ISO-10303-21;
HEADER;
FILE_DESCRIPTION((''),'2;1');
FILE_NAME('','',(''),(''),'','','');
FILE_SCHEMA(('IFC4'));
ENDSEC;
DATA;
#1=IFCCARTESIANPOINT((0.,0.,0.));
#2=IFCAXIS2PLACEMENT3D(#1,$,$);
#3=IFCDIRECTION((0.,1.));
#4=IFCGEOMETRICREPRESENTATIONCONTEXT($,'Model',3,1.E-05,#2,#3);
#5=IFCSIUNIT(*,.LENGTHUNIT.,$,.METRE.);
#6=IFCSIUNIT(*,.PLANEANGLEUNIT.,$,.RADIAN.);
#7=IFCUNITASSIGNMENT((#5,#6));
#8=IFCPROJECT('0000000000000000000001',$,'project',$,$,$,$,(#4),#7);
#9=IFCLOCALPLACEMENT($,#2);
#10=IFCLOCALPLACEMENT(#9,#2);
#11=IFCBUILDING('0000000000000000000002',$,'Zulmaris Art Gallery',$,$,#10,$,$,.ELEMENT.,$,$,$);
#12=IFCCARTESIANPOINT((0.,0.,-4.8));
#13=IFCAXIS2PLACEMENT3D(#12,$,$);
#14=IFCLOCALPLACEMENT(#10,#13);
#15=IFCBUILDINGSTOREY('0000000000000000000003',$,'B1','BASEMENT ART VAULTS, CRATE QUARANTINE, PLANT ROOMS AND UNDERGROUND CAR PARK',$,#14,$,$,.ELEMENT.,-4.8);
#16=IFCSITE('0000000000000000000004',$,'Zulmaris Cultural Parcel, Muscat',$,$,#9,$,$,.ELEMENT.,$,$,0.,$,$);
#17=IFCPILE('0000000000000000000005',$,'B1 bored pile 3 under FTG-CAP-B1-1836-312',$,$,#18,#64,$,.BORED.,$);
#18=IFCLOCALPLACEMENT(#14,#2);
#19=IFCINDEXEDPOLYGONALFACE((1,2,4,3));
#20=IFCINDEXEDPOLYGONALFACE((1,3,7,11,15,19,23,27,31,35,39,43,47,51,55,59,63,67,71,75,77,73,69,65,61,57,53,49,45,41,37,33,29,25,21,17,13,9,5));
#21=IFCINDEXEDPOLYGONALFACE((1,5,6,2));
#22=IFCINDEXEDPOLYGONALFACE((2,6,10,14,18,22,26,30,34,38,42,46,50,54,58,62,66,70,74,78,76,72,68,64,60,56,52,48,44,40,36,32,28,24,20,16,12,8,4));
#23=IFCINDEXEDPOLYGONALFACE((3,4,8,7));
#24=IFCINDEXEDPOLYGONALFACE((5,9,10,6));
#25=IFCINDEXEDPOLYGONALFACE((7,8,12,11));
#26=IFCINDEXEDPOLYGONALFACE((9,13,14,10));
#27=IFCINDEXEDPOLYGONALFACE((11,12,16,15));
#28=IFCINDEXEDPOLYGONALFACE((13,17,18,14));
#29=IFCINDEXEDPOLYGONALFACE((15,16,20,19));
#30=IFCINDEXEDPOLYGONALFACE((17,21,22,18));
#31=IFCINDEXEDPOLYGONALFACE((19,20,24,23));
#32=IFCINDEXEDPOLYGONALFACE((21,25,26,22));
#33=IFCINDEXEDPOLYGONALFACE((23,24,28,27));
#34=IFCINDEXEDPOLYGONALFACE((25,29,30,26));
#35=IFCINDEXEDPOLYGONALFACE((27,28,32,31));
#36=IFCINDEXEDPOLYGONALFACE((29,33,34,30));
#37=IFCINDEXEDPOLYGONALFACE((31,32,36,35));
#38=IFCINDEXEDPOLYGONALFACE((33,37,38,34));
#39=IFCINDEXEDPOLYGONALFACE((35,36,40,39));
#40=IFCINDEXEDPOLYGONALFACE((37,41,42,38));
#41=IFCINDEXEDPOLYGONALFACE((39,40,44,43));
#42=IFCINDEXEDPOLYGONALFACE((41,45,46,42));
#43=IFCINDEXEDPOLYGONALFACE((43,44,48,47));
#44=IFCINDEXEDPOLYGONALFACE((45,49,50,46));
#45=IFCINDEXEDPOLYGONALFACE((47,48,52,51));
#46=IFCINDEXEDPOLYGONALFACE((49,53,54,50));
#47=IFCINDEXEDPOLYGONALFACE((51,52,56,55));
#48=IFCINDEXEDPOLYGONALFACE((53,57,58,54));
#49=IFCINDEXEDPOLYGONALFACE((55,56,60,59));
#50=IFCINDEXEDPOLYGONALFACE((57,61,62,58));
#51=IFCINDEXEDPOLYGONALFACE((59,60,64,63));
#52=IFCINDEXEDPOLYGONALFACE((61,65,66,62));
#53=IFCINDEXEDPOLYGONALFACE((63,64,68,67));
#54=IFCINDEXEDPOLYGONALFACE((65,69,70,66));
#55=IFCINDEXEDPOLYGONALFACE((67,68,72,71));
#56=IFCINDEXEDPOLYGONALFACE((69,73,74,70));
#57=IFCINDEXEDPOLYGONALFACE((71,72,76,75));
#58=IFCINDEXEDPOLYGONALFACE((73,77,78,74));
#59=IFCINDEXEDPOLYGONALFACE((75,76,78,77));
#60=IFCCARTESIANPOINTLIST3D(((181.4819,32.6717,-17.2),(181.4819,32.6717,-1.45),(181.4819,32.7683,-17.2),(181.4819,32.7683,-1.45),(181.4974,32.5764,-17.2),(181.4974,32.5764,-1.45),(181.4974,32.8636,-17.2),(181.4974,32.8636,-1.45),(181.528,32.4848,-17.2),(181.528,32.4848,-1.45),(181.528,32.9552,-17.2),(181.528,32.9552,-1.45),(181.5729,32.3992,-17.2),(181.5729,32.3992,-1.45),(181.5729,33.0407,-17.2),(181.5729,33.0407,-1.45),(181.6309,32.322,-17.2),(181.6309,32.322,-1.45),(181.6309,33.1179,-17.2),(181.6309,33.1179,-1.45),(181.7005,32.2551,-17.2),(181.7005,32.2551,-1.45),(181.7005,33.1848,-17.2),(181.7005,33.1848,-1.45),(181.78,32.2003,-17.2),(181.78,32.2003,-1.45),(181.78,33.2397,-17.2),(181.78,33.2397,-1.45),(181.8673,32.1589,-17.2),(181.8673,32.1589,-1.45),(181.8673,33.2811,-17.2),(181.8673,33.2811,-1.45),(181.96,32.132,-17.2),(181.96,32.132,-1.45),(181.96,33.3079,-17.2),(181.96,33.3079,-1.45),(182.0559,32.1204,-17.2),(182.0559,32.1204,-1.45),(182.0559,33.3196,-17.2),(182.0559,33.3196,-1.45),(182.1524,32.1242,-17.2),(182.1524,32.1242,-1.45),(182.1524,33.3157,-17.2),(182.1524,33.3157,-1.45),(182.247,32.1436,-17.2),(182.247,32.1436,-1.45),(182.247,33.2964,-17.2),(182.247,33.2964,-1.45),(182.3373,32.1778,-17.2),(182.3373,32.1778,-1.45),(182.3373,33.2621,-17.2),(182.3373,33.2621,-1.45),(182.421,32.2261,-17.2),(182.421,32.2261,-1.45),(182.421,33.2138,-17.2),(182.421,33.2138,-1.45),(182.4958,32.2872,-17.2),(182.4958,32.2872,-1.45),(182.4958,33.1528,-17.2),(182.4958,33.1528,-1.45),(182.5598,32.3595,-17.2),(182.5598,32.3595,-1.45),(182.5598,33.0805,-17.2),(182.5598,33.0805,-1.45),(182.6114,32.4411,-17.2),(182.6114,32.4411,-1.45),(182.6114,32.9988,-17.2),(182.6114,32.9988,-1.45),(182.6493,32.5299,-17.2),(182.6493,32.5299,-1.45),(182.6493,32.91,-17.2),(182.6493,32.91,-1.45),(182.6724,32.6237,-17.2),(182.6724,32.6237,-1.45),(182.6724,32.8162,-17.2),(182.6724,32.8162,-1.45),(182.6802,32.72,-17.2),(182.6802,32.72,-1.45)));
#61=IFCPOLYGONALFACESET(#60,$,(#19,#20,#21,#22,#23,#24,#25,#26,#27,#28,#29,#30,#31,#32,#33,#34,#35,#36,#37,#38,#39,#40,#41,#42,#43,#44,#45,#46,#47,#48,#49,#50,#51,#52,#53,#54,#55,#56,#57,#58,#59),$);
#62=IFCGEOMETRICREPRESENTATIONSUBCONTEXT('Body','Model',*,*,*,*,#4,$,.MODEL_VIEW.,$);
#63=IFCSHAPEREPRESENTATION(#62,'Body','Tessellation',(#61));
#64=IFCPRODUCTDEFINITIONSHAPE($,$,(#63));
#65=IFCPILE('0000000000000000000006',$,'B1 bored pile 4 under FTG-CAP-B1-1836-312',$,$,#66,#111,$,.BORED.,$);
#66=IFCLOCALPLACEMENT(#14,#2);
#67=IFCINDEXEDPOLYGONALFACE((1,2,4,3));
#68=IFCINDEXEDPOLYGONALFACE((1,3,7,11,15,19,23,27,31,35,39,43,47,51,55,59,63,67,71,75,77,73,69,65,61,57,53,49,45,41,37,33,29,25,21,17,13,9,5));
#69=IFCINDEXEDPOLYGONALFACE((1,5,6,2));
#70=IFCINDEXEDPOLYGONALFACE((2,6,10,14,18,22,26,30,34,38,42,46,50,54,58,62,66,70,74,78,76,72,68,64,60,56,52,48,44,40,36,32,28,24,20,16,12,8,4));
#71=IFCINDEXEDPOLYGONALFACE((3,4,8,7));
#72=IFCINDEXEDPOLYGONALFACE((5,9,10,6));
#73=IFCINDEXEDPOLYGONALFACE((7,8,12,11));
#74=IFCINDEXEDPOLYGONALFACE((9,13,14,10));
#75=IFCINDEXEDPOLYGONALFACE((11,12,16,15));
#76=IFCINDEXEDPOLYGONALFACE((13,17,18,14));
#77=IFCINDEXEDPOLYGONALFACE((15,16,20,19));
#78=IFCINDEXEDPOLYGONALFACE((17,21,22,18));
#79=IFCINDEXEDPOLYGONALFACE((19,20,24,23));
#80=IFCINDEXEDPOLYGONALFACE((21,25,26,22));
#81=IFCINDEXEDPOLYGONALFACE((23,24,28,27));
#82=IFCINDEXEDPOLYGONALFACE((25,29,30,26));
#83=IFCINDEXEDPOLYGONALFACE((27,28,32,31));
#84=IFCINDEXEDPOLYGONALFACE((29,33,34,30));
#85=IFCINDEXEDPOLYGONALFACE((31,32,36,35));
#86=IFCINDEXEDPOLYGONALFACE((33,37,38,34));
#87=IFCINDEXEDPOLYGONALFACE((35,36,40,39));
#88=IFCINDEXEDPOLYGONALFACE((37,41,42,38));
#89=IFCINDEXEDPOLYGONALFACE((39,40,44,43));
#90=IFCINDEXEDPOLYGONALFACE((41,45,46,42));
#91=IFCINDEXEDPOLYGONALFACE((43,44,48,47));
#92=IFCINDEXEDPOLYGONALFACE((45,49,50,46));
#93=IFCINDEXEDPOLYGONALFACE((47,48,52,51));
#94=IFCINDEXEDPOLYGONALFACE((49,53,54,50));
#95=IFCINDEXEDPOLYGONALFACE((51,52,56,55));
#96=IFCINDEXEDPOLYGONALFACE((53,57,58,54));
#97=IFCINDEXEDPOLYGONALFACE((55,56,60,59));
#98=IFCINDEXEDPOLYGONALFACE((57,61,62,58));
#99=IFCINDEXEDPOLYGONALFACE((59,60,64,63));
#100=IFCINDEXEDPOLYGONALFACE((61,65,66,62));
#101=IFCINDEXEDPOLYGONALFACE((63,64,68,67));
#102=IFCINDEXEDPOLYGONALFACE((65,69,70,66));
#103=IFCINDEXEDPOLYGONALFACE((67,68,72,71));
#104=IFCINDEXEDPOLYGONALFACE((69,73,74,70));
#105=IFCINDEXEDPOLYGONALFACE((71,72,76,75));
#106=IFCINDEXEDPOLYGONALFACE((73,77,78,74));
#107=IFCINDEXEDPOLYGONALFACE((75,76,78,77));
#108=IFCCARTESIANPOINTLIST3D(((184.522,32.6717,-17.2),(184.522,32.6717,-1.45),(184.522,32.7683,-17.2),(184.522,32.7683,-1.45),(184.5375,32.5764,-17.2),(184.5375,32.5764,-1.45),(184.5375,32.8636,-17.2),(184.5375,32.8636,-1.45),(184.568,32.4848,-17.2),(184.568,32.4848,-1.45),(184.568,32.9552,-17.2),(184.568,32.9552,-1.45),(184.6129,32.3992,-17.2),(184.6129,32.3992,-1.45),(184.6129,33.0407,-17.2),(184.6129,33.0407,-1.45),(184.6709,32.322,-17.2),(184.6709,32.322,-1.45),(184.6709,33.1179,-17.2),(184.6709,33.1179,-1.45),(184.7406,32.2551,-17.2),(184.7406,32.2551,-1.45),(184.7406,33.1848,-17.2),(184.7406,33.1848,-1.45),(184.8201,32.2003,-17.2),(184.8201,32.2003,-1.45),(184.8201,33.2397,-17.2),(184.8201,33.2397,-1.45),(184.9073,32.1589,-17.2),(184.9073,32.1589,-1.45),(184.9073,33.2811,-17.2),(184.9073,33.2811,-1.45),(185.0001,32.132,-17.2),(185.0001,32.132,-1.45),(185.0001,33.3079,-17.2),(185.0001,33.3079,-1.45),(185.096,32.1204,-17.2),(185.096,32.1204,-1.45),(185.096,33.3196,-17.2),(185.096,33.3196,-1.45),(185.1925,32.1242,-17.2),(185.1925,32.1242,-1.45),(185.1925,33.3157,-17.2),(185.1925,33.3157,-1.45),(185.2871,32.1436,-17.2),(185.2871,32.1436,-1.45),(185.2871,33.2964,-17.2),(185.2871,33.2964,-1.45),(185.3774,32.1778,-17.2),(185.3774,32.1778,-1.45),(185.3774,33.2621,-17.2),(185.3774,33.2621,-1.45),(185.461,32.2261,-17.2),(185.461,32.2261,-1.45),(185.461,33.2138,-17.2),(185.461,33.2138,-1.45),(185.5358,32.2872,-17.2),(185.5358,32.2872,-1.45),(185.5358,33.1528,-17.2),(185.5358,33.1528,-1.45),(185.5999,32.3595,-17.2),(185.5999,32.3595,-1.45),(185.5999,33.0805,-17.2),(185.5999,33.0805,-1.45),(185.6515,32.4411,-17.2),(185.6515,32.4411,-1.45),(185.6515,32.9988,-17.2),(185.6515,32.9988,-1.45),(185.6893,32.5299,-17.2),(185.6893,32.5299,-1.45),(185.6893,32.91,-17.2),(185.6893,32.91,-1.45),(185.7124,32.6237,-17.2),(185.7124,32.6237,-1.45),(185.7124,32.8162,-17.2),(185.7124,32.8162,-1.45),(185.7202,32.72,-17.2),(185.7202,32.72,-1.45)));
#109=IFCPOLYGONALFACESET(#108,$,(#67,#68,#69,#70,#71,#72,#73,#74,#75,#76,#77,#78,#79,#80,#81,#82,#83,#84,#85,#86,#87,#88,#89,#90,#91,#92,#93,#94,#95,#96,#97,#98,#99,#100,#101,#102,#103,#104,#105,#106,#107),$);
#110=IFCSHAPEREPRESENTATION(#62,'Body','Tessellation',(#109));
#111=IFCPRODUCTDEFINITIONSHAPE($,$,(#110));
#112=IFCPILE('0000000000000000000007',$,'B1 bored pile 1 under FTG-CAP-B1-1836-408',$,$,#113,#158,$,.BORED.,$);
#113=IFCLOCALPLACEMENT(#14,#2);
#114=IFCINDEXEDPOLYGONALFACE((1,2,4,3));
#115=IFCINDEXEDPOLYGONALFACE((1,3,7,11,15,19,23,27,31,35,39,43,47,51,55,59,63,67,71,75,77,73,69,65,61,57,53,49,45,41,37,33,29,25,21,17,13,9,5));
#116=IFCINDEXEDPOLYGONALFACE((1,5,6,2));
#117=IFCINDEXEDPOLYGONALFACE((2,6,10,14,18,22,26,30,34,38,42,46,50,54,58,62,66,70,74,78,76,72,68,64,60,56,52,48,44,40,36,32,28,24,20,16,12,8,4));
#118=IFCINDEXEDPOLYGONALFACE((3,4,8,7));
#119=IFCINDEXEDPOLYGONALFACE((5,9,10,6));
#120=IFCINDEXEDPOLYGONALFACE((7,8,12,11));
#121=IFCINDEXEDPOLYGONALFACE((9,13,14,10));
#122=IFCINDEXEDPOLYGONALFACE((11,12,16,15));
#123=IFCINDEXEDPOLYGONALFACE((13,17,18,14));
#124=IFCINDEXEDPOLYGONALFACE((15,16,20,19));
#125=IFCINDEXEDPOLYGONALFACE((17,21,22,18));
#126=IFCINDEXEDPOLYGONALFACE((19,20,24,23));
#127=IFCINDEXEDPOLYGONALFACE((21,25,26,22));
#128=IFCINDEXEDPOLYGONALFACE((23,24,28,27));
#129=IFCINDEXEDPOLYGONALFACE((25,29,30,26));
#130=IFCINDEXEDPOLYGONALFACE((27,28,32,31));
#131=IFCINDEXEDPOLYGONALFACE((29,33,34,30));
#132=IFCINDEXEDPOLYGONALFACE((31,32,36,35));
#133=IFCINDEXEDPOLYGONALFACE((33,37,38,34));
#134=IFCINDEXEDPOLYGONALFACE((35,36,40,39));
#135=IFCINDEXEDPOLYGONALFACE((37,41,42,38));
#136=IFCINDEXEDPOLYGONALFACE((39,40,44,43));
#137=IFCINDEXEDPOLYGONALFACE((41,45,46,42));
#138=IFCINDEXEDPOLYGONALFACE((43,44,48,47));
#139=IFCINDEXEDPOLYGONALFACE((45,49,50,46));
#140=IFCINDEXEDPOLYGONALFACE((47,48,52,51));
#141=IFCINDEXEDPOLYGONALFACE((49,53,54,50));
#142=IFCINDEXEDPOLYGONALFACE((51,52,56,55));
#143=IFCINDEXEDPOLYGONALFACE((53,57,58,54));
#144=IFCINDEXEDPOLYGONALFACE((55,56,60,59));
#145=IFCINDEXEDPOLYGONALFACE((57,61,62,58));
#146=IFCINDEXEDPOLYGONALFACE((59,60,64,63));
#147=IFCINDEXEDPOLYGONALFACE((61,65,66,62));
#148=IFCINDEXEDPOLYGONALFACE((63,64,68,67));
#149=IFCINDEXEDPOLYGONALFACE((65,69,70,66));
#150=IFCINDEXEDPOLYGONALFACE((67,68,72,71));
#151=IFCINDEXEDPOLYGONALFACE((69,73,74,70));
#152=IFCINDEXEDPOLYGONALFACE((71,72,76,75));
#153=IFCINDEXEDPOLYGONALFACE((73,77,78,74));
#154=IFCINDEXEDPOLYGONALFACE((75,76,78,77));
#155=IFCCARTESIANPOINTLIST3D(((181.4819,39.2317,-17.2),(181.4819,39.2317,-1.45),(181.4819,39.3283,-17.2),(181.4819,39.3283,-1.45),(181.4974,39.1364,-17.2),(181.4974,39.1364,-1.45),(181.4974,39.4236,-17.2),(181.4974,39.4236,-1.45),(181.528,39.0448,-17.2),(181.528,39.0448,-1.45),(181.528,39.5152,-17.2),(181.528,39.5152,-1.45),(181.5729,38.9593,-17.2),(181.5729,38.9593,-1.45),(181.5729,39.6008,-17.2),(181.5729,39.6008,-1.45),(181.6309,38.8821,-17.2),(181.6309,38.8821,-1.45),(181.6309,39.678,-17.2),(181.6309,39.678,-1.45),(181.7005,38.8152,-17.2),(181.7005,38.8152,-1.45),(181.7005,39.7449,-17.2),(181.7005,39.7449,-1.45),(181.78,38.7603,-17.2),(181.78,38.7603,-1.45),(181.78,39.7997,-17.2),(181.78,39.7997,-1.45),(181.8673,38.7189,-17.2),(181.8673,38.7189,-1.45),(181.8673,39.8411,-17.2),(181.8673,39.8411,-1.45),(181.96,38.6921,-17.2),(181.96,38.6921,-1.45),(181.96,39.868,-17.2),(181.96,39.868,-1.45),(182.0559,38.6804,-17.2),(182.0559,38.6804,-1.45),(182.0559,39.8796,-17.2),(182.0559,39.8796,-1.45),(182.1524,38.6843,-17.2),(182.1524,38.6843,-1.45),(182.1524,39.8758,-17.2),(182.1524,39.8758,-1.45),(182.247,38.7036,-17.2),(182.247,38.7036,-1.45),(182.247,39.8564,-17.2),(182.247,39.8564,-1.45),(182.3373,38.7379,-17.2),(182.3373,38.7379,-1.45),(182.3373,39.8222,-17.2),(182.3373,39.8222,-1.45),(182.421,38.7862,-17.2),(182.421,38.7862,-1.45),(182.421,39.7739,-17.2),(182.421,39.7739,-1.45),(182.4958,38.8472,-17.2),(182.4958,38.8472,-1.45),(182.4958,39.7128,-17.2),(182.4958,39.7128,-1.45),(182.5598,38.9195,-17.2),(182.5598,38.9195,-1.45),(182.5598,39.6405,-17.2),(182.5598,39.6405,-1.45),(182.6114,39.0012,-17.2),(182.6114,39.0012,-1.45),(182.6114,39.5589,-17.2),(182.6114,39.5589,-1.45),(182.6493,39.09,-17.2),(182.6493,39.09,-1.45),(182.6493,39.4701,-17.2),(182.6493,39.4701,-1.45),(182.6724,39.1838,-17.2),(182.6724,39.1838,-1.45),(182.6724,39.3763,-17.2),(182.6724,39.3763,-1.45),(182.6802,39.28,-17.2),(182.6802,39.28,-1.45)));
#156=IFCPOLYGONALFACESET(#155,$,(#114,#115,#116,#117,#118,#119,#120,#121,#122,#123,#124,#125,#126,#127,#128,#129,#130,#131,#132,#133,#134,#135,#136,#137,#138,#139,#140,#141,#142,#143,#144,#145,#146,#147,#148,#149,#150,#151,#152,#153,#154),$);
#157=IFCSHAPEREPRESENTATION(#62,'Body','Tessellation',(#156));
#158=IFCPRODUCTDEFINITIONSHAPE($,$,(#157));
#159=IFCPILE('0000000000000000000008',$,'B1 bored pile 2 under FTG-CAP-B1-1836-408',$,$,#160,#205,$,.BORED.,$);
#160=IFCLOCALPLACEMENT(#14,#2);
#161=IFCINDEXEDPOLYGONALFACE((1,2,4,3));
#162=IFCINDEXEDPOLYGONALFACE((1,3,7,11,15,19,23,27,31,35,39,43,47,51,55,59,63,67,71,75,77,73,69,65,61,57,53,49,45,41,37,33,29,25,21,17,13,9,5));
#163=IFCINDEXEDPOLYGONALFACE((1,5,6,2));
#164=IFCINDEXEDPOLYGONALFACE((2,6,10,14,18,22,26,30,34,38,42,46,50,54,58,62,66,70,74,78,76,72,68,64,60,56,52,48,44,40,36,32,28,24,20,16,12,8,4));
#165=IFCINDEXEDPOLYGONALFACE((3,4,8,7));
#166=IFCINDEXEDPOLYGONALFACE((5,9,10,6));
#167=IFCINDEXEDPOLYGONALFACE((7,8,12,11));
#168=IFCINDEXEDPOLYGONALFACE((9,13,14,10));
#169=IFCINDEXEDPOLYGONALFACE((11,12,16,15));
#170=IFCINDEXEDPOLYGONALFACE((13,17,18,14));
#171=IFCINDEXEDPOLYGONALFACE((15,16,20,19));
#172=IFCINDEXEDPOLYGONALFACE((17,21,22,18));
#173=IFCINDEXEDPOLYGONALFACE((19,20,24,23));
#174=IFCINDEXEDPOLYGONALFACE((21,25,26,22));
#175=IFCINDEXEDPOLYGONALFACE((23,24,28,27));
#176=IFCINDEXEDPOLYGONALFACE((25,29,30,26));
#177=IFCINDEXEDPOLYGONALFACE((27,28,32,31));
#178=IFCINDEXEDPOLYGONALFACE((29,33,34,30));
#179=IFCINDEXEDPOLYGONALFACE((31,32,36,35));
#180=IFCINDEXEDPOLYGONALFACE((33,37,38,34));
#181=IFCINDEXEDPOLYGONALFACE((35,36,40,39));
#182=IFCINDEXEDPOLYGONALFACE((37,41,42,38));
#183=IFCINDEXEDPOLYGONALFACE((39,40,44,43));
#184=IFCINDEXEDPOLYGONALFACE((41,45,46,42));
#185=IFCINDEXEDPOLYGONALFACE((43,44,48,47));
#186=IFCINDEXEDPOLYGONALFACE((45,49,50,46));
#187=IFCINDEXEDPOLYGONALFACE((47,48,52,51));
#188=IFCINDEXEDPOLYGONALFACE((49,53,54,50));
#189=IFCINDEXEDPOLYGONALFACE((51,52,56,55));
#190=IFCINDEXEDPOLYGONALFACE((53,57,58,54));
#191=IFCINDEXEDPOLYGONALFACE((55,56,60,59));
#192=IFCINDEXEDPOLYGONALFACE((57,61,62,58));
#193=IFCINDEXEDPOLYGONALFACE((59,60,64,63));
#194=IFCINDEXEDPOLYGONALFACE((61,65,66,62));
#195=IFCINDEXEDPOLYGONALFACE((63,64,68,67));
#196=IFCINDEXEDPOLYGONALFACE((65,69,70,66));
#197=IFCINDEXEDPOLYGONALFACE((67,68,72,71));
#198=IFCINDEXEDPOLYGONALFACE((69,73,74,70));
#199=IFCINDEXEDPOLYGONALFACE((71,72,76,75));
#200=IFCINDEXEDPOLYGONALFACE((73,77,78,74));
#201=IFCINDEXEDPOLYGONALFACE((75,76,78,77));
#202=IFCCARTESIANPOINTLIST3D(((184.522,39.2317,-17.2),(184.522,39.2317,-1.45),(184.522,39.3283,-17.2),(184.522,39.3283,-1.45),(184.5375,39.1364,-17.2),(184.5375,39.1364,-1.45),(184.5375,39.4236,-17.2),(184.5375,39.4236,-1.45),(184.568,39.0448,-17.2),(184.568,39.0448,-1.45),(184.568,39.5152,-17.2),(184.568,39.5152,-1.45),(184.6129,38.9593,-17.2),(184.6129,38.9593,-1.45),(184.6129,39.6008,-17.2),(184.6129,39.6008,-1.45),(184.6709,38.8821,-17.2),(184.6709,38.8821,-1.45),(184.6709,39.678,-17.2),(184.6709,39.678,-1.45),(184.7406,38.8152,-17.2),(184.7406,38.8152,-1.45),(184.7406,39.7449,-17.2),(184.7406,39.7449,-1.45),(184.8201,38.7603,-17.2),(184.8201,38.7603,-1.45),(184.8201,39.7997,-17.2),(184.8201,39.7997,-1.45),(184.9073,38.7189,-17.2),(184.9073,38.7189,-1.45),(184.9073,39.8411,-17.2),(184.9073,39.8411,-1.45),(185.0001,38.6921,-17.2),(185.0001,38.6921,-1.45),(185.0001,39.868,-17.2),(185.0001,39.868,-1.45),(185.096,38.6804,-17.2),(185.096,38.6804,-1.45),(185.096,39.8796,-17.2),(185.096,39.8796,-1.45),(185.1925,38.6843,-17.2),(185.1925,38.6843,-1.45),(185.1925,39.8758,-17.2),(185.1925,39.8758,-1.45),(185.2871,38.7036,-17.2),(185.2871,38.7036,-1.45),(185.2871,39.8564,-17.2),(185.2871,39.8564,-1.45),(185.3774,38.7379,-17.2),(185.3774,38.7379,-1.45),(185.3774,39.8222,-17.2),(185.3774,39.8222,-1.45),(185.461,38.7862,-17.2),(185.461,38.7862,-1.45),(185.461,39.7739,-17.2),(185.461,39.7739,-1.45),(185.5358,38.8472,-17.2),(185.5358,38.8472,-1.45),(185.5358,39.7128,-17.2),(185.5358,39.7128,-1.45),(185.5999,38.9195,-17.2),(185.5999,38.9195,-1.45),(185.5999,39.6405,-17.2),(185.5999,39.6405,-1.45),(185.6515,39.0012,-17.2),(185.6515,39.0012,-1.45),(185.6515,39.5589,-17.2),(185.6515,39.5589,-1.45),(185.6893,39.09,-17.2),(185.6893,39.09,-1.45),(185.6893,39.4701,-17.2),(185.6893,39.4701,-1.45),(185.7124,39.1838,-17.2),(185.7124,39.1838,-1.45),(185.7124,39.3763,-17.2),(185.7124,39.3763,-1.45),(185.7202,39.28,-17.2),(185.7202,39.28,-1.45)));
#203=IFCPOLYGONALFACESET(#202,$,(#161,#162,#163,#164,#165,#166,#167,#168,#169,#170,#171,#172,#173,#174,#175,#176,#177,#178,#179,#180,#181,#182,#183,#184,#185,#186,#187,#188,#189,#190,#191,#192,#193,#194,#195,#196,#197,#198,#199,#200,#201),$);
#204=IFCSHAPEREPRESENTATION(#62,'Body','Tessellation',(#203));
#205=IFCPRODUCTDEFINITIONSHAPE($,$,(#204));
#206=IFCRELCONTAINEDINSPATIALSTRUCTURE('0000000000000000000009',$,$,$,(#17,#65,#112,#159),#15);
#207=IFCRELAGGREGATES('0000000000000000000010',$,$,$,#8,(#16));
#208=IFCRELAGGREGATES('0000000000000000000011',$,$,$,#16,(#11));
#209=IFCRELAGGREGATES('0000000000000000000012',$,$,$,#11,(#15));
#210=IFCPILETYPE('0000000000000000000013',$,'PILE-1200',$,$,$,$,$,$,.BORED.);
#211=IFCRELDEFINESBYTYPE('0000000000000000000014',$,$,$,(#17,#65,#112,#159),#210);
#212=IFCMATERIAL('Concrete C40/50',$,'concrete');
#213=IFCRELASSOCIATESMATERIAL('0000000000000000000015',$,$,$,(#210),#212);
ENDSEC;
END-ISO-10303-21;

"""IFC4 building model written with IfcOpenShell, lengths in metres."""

from ifc_helpers import new_model, si_unit, direction, frame, origin, origin_2d, place, context, subcontext, project, spatial, circle, extrude, material, material_profile, profile_set, type_object, element, save


model = new_model("IFC4")

# Units and contexts
model_context = context("Model", 3, precision=1e-05, world=origin(), true_north=direction((0.0, 1.0)))
body_context = subcontext(model_context, "Body", "Model", "MODEL_VIEW")
ifc_project = project(units=[si_unit("LENGTHUNIT", "METRE"), si_unit("PLANEANGLEUNIT", "RADIAN")], contexts=[model_context])

# Site, building, storey
site_placement = place(None, origin())
site = spatial("IfcSite", under=ifc_project, at=site_placement, Name="Zulmaris Cultural Parcel, Muscat", CompositionType="ELEMENT", RefElevation=0.0)
building_placement = place(site_placement, origin())
building = spatial("IfcBuilding", under=site, at=building_placement, Name="Zulmaris Art Gallery", CompositionType="ELEMENT")
storey_placement = place(building_placement, frame((0.0, 0.0, -4.8)))
storey = spatial("IfcBuildingStorey", under=building, at=storey_placement, Name="B1", Description="BASEMENT ART VAULTS, CRATE QUARANTINE, PLANT ROOMS AND UNDERGROUND CAR PARK", CompositionType="ELEMENT", Elevation=-4.8)

# Piles
ifc_material_1 = material(Name="Concrete C40/50", Category="concrete")
ifc_material_profile_1 = material_profile(ifc_material_1, circle(Radius=0.6001, at=origin_2d()), Name="PILE DIA 1200")
ifc_profile_set_1 = profile_set([ifc_material_profile_1], Name="Concrete C40/50")
pile_type = type_object("IfcPileType", Name="PILE-1200", PredefinedType="BORED", material=ifc_profile_set_1)
for number, where, z_axis, x_axis, name in (
    (1, (182.0801, 32.72, -1.45), (0.0, 0.0, -1.0), (1.0, 0.0, 0.0), "B1 bored pile 3 under FTG-CAP-B1-1836-312"),
    (2, (185.1201, 32.72, -1.45), (0.0, 0.0, -1.0), (1.0, 0.0, 0.0), "B1 bored pile 4 under FTG-CAP-B1-1836-312"),
    (3, (182.0801, 39.28, -1.45), (0.0, 0.0, -1.0), (1.0, 0.0, 0.0), "B1 bored pile 1 under FTG-CAP-B1-1836-408"),
    (4, (185.1201, 39.28, -1.45), (0.0, 0.0, -1.0), (1.0, 0.0, 0.0), "B1 bored pile 2 under FTG-CAP-B1-1836-408"),
):
    element("IfcPile", number, at=place(storey_placement, frame(where, z_axis=z_axis, x_axis=x_axis)), inside=storey, type_object=pile_type, Name=name, PredefinedType="BORED", context=body_context, shape_type="SweptSolid", body=[
        extrude(circle(Radius=0.6001, at=origin_2d()), origin(), (0.0, 0.0, 1.0), 15.75),
    ])

save(model, "model.ifc")
